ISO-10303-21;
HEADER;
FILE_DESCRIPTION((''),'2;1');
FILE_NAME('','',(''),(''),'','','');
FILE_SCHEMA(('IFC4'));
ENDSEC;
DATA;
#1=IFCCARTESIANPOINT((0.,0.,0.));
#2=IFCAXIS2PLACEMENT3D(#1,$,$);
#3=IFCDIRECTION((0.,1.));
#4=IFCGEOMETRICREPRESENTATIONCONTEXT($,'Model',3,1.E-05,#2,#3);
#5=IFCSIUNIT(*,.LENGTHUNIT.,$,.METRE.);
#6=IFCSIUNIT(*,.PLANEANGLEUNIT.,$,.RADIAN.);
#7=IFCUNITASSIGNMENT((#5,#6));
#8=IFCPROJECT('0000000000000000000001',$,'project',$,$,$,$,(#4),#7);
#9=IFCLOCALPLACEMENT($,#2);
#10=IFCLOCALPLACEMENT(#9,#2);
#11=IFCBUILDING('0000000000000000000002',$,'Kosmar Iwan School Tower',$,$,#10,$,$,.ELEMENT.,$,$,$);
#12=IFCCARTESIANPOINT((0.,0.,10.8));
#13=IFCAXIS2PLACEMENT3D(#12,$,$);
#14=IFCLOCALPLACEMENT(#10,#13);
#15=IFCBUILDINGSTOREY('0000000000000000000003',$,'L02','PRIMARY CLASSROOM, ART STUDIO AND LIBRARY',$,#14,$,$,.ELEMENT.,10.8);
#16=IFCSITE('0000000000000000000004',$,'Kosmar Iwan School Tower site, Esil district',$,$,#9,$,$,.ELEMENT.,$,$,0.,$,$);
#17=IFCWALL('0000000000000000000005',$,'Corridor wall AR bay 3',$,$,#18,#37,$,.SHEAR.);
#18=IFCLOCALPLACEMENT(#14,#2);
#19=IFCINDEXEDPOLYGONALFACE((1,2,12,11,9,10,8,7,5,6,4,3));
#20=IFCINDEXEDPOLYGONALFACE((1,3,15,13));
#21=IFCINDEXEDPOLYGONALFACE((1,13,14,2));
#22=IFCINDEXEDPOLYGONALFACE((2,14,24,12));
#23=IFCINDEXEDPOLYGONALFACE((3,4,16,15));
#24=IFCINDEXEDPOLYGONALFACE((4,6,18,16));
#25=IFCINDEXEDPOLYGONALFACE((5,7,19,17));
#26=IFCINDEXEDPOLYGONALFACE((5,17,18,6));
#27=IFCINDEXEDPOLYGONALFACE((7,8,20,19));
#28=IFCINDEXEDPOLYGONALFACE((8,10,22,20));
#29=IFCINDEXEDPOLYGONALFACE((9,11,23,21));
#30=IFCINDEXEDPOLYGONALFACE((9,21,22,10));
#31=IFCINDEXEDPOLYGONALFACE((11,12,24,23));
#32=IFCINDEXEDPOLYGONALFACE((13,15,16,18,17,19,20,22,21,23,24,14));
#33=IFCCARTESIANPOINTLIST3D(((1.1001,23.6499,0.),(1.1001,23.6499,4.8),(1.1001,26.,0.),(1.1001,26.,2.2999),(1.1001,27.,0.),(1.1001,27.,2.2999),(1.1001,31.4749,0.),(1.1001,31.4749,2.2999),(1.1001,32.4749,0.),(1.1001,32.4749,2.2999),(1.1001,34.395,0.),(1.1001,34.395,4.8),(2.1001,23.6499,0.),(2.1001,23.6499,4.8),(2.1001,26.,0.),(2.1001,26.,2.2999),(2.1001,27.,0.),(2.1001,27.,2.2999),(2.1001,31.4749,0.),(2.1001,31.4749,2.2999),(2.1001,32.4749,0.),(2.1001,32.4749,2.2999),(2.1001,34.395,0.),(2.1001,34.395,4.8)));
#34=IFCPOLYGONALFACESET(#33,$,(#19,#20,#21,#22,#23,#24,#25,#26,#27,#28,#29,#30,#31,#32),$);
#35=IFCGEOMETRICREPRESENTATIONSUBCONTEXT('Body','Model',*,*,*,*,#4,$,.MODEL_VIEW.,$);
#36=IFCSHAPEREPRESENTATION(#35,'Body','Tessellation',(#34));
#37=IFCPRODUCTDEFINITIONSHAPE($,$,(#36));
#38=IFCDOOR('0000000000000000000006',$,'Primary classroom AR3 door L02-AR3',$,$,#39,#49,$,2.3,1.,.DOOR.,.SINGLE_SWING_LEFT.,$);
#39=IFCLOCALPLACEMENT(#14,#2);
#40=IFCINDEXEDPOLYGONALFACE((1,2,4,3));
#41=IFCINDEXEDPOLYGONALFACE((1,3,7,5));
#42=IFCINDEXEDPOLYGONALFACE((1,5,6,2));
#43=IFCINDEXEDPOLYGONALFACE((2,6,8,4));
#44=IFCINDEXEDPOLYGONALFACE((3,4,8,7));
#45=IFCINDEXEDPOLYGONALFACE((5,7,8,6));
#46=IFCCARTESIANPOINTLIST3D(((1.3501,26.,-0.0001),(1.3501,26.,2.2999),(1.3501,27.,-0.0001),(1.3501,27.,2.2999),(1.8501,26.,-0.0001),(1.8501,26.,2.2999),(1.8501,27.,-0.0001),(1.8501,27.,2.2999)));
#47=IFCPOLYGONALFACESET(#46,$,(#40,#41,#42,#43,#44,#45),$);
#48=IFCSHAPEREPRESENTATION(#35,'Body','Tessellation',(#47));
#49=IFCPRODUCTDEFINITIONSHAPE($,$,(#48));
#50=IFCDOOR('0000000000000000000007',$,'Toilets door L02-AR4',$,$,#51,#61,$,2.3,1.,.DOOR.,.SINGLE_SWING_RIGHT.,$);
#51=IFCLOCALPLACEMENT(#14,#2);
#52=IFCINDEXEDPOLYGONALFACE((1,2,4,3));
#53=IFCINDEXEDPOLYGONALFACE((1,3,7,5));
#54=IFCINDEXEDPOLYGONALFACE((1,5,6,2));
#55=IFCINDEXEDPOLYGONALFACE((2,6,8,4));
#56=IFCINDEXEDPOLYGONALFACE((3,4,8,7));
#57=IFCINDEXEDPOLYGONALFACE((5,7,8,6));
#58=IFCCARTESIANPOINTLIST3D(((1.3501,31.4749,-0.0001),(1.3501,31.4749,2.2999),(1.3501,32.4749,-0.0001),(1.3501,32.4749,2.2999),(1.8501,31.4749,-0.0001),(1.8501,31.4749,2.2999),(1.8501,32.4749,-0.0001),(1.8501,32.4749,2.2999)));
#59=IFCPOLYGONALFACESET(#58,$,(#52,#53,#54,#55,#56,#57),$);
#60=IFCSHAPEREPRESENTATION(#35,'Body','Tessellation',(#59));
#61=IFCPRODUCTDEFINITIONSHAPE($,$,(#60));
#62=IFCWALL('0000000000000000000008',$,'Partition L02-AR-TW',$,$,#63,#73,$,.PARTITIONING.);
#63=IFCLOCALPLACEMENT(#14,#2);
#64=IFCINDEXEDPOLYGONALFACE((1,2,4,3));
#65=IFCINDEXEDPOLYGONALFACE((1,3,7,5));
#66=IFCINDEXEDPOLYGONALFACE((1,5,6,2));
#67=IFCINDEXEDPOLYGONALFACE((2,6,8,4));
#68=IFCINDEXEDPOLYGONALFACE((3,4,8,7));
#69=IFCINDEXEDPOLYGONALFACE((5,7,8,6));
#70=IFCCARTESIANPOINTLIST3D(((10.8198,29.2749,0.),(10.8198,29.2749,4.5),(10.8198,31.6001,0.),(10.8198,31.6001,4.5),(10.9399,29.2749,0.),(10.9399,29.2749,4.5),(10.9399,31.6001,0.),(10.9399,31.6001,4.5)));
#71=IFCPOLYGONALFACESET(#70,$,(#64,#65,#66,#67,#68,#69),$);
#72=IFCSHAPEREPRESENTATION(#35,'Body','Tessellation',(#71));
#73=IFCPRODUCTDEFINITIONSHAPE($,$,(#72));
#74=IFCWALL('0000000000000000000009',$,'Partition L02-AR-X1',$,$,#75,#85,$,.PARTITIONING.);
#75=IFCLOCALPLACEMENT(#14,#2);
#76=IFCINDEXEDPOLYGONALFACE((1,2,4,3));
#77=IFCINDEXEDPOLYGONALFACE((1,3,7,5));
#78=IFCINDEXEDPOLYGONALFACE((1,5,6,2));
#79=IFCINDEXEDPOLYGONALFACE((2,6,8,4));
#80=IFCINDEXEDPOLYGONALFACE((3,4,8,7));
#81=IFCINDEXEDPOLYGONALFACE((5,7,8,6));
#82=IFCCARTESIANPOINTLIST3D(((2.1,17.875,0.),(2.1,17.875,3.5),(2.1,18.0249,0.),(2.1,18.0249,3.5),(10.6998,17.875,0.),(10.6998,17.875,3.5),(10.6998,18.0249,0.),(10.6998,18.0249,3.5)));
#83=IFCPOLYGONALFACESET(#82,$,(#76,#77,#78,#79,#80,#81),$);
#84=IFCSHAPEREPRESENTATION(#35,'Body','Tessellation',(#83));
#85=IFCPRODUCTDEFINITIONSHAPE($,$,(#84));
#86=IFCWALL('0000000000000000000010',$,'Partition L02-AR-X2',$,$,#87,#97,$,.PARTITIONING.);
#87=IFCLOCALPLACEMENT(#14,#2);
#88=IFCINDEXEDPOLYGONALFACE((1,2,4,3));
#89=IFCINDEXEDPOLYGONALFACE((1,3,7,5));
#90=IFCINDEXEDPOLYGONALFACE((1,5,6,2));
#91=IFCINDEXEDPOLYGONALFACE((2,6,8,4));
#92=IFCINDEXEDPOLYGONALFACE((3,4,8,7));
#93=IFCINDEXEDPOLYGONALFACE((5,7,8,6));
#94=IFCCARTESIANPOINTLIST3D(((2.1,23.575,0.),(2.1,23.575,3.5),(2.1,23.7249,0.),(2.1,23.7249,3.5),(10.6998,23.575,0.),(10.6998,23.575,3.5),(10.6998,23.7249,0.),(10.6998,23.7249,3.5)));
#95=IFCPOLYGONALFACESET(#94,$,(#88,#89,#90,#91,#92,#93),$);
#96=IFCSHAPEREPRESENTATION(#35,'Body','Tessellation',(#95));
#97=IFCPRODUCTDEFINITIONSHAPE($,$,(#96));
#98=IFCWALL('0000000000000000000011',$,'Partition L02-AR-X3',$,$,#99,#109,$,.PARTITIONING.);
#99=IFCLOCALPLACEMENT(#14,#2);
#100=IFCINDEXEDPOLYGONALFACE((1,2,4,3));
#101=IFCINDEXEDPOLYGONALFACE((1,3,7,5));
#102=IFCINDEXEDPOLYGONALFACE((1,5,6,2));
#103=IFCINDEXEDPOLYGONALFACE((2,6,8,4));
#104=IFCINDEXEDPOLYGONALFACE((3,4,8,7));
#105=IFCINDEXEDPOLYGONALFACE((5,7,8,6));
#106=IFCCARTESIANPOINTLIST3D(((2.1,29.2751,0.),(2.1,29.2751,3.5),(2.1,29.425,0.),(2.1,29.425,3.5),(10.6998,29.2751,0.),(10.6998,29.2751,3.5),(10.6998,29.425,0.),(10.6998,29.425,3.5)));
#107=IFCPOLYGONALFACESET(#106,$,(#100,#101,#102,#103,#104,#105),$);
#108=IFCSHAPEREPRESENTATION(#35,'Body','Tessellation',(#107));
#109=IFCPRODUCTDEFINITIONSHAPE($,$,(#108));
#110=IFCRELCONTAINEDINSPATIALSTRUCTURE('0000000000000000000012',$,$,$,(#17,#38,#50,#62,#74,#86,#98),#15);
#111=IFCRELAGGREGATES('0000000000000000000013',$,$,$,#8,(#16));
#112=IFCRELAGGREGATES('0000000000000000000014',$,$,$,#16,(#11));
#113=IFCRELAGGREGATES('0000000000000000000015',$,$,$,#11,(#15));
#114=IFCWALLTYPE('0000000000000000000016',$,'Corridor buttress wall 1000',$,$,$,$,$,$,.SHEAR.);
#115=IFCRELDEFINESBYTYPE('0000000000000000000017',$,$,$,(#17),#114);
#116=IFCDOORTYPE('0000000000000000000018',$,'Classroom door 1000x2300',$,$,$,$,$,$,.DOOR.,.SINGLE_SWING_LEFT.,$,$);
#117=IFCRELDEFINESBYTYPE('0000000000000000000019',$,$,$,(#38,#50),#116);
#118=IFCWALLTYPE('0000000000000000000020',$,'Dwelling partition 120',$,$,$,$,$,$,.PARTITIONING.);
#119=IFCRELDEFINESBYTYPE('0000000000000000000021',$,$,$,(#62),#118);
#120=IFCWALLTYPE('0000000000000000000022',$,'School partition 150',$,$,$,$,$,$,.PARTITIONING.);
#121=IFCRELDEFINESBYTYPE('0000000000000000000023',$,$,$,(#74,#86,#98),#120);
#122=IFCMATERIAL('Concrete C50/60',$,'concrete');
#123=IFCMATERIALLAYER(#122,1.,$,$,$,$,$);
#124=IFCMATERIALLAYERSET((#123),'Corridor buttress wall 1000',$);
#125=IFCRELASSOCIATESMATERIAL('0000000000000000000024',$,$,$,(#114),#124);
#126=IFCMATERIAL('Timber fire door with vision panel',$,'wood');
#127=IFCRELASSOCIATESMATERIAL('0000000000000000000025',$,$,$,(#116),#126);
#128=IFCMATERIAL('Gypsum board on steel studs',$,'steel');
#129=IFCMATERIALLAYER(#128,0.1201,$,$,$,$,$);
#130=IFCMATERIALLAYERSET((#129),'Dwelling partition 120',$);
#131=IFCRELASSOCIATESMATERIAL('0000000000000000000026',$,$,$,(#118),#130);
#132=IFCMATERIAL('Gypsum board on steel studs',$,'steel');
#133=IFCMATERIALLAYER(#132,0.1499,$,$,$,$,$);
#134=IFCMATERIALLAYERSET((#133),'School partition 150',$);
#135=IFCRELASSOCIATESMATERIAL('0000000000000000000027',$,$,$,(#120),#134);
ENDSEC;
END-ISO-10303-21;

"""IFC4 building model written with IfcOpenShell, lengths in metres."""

from ifc_helpers import new_model, si_unit, direction, frame, frame_2d, origin, place, context, subcontext, project, spatial, rectangle, extrude, material, layer, layer_set, type_object, element, fill, save


model = new_model("IFC4")

# Units and contexts
model_context = context("Model", 3, precision=1e-05, world=origin(), true_north=direction((0.0, 1.0)))
body_context = subcontext(model_context, "Body", "Model", "MODEL_VIEW")
ifc_project = project(units=[si_unit("LENGTHUNIT", "METRE"), si_unit("PLANEANGLEUNIT", "RADIAN")], contexts=[model_context])

# Site, building, storey
site_placement = place(None, origin())
site = spatial("IfcSite", under=ifc_project, at=site_placement, Name="Kosmar Iwan School Tower site, Esil district", CompositionType="ELEMENT", RefElevation=0.0)
building_placement = place(site_placement, origin())
building = spatial("IfcBuilding", under=site, at=building_placement, Name="Kosmar Iwan School Tower", CompositionType="ELEMENT")
storey_placement = place(building_placement, frame((0.0, 0.0, 10.8)))
storey = spatial("IfcBuildingStorey", under=building, at=storey_placement, Name="L02", Description="PRIMARY CLASSROOM, ART STUDIO AND LIBRARY", CompositionType="ELEMENT", Elevation=10.8)

# Shared definitions
ifc_material_1 = material(Name="Concrete C50/60", Category="concrete")
ifc_layer_1 = layer(ifc_material_1, 1.0)
ifc_layer_set_1 = layer_set([ifc_layer_1], Name="Corridor buttress wall 1000")
wall_type_1 = type_object("IfcWallType", Name="Corridor buttress wall 1000", PredefinedType="SHEAR", material=ifc_layer_set_1)
ifc_material_2 = material(Name="Timber fire door with vision panel", Category="wood")
door_type = type_object("IfcDoorType", Name="Classroom door 1000x2300", OperationType="SINGLE_SWING_LEFT", PredefinedType="DOOR", material=ifc_material_2)

# Wall, openings, doors
wall_1_placement = place(storey_placement, frame((1.6001, 23.6499, 0.0), z_axis=(0.0, 0.0, 1.0), x_axis=(0.0, 1.0, 0.0)))
wall_1 = element("IfcWall", 1, at=wall_1_placement, inside=storey, type_object=wall_type_1, Name="Corridor wall AR bay 3", PredefinedType="SHEAR", context=body_context, shape_type="SweptSolid", body=[
    extrude(rectangle(XDim=10.7451, YDim=1.0, at=frame_2d((5.3726, 0.0))), origin(), (0.0, 0.0, 1.0), 4.8),
])
opening_1_placement = place(wall_1_placement, frame((2.3501, 0.0, 0.0)))
opening_1 = element("IfcOpeningElement", 2, at=opening_1_placement, cuts=wall_1, PredefinedType="OPENING", context=body_context, shape_type="SweptSolid", body=[
    extrude(rectangle(XDim=1.0, YDim=2.3, at=frame_2d((0.5, 1.1499))), frame((0.0, 0.512, 0.0), z_axis=(0.0, -1.0, 0.0), x_axis=(1.0, 0.0, 0.0)), (0.0, 0.0, 1.0), 1.0239),
])
opening_2_placement = place(wall_1_placement, frame((7.825, 0.0, 0.0)))
opening_2 = element("IfcOpeningElement", 3, at=opening_2_placement, cuts=wall_1, PredefinedType="OPENING", context=body_context, shape_type="SweptSolid", body=[
    extrude(rectangle(XDim=1.0, YDim=2.3, at=frame_2d((0.5, 1.1499))), frame((0.0, 0.512, 0.0), z_axis=(0.0, -1.0, 0.0), x_axis=(1.0, 0.0, 0.0)), (0.0, 0.0, 1.0), 1.0239),
])
door_1_placement = place(opening_1_placement, origin())
door_1 = element("IfcDoor", 4, at=door_1_placement, inside=storey, type_object=door_type, Name="Primary classroom AR3 door L02-AR3", OperationType="SINGLE_SWING_LEFT", OverallHeight=2.3, OverallWidth=1.0, PredefinedType="DOOR", context=body_context, shape_type="SweptSolid", body=[
    extrude(rectangle(XDim=1.0, YDim=2.3, at=frame_2d((0.5, 1.1499))), frame((0.0, 0.25, 0.0), z_axis=(0.0, -1.0, 0.0), x_axis=(1.0, 0.0, 0.0)), (0.0, 0.0, 1.0), 0.5),
])
fill(opening_1, door_1)
door_2_placement = place(opening_2_placement, origin())
door_2 = element("IfcDoor", 5, at=door_2_placement, inside=storey, type_object=door_type, Name="Toilets door L02-AR4", OperationType="SINGLE_SWING_RIGHT", OverallHeight=2.3, OverallWidth=1.0, PredefinedType="DOOR", context=body_context, shape_type="SweptSolid", body=[
    extrude(rectangle(XDim=1.0, YDim=2.3, at=frame_2d((0.5, 1.1499))), frame((0.0, 0.25, 0.0), z_axis=(0.0, -1.0, 0.0), x_axis=(1.0, 0.0, 0.0)), (0.0, 0.0, 1.0), 0.5),
])
fill(opening_2, door_2)

# Walls
ifc_material_3 = material(Name="Gypsum board on steel studs", Category="steel")
ifc_layer_2 = layer(ifc_material_3, 0.1201)
ifc_layer_set_2 = layer_set([ifc_layer_2], Name="Dwelling partition 120")
wall_type_2 = type_object("IfcWallType", Name="Dwelling partition 120", PredefinedType="PARTITIONING", material=ifc_layer_set_2)
wall_2_placement = place(storey_placement, frame((10.8799, 29.2749, 0.0), z_axis=(0.0, 0.0, 1.0), x_axis=(0.0, 1.0, 0.0)))
element("IfcWall", 6, at=wall_2_placement, inside=storey, type_object=wall_type_2, Name="Partition L02-AR-TW", PredefinedType="PARTITIONING", context=body_context, shape_type="SweptSolid", body=[
    extrude(rectangle(XDim=2.3252, YDim=0.1201, at=frame_2d((1.1626, 0.0))), origin(), (0.0, 0.0, 1.0), 4.5),
])
ifc_material_4 = material(Name="Gypsum board on steel studs", Category="steel")
ifc_layer_3 = layer(ifc_material_4, 0.1499)
ifc_layer_set_3 = layer_set([ifc_layer_3], Name="School partition 150")
wall_type_3 = type_object("IfcWallType", Name="School partition 150", PredefinedType="PARTITIONING", material=ifc_layer_set_3)
for number, where, z_axis, x_axis, name in (
    (7, (2.1001, 17.95, 0.0), (0.0, 0.0, 1.0), (1.0, 0.0, 0.0), "Partition L02-AR-X1"),
    (8, (2.1001, 23.6499, 0.0), (0.0, 0.0, 1.0), (1.0, 0.0, 0.0), "Partition L02-AR-X2"),
    (9, (2.1001, 29.3501, 0.0), (0.0, 0.0, 1.0), (1.0, 0.0, 0.0), "Partition L02-AR-X3"),
):
    element("IfcWall", number, at=place(storey_placement, frame(where, z_axis=z_axis, x_axis=x_axis)), inside=storey, type_object=wall_type_3, Name=name, PredefinedType="PARTITIONING", context=body_context, shape_type="SweptSolid", body=[
        extrude(rectangle(XDim=8.5999, YDim=0.1499, at=frame_2d((4.2998, 0.0))), origin(), (0.0, 0.0, 1.0), 3.5),
    ])

save(model, "model.ifc")
